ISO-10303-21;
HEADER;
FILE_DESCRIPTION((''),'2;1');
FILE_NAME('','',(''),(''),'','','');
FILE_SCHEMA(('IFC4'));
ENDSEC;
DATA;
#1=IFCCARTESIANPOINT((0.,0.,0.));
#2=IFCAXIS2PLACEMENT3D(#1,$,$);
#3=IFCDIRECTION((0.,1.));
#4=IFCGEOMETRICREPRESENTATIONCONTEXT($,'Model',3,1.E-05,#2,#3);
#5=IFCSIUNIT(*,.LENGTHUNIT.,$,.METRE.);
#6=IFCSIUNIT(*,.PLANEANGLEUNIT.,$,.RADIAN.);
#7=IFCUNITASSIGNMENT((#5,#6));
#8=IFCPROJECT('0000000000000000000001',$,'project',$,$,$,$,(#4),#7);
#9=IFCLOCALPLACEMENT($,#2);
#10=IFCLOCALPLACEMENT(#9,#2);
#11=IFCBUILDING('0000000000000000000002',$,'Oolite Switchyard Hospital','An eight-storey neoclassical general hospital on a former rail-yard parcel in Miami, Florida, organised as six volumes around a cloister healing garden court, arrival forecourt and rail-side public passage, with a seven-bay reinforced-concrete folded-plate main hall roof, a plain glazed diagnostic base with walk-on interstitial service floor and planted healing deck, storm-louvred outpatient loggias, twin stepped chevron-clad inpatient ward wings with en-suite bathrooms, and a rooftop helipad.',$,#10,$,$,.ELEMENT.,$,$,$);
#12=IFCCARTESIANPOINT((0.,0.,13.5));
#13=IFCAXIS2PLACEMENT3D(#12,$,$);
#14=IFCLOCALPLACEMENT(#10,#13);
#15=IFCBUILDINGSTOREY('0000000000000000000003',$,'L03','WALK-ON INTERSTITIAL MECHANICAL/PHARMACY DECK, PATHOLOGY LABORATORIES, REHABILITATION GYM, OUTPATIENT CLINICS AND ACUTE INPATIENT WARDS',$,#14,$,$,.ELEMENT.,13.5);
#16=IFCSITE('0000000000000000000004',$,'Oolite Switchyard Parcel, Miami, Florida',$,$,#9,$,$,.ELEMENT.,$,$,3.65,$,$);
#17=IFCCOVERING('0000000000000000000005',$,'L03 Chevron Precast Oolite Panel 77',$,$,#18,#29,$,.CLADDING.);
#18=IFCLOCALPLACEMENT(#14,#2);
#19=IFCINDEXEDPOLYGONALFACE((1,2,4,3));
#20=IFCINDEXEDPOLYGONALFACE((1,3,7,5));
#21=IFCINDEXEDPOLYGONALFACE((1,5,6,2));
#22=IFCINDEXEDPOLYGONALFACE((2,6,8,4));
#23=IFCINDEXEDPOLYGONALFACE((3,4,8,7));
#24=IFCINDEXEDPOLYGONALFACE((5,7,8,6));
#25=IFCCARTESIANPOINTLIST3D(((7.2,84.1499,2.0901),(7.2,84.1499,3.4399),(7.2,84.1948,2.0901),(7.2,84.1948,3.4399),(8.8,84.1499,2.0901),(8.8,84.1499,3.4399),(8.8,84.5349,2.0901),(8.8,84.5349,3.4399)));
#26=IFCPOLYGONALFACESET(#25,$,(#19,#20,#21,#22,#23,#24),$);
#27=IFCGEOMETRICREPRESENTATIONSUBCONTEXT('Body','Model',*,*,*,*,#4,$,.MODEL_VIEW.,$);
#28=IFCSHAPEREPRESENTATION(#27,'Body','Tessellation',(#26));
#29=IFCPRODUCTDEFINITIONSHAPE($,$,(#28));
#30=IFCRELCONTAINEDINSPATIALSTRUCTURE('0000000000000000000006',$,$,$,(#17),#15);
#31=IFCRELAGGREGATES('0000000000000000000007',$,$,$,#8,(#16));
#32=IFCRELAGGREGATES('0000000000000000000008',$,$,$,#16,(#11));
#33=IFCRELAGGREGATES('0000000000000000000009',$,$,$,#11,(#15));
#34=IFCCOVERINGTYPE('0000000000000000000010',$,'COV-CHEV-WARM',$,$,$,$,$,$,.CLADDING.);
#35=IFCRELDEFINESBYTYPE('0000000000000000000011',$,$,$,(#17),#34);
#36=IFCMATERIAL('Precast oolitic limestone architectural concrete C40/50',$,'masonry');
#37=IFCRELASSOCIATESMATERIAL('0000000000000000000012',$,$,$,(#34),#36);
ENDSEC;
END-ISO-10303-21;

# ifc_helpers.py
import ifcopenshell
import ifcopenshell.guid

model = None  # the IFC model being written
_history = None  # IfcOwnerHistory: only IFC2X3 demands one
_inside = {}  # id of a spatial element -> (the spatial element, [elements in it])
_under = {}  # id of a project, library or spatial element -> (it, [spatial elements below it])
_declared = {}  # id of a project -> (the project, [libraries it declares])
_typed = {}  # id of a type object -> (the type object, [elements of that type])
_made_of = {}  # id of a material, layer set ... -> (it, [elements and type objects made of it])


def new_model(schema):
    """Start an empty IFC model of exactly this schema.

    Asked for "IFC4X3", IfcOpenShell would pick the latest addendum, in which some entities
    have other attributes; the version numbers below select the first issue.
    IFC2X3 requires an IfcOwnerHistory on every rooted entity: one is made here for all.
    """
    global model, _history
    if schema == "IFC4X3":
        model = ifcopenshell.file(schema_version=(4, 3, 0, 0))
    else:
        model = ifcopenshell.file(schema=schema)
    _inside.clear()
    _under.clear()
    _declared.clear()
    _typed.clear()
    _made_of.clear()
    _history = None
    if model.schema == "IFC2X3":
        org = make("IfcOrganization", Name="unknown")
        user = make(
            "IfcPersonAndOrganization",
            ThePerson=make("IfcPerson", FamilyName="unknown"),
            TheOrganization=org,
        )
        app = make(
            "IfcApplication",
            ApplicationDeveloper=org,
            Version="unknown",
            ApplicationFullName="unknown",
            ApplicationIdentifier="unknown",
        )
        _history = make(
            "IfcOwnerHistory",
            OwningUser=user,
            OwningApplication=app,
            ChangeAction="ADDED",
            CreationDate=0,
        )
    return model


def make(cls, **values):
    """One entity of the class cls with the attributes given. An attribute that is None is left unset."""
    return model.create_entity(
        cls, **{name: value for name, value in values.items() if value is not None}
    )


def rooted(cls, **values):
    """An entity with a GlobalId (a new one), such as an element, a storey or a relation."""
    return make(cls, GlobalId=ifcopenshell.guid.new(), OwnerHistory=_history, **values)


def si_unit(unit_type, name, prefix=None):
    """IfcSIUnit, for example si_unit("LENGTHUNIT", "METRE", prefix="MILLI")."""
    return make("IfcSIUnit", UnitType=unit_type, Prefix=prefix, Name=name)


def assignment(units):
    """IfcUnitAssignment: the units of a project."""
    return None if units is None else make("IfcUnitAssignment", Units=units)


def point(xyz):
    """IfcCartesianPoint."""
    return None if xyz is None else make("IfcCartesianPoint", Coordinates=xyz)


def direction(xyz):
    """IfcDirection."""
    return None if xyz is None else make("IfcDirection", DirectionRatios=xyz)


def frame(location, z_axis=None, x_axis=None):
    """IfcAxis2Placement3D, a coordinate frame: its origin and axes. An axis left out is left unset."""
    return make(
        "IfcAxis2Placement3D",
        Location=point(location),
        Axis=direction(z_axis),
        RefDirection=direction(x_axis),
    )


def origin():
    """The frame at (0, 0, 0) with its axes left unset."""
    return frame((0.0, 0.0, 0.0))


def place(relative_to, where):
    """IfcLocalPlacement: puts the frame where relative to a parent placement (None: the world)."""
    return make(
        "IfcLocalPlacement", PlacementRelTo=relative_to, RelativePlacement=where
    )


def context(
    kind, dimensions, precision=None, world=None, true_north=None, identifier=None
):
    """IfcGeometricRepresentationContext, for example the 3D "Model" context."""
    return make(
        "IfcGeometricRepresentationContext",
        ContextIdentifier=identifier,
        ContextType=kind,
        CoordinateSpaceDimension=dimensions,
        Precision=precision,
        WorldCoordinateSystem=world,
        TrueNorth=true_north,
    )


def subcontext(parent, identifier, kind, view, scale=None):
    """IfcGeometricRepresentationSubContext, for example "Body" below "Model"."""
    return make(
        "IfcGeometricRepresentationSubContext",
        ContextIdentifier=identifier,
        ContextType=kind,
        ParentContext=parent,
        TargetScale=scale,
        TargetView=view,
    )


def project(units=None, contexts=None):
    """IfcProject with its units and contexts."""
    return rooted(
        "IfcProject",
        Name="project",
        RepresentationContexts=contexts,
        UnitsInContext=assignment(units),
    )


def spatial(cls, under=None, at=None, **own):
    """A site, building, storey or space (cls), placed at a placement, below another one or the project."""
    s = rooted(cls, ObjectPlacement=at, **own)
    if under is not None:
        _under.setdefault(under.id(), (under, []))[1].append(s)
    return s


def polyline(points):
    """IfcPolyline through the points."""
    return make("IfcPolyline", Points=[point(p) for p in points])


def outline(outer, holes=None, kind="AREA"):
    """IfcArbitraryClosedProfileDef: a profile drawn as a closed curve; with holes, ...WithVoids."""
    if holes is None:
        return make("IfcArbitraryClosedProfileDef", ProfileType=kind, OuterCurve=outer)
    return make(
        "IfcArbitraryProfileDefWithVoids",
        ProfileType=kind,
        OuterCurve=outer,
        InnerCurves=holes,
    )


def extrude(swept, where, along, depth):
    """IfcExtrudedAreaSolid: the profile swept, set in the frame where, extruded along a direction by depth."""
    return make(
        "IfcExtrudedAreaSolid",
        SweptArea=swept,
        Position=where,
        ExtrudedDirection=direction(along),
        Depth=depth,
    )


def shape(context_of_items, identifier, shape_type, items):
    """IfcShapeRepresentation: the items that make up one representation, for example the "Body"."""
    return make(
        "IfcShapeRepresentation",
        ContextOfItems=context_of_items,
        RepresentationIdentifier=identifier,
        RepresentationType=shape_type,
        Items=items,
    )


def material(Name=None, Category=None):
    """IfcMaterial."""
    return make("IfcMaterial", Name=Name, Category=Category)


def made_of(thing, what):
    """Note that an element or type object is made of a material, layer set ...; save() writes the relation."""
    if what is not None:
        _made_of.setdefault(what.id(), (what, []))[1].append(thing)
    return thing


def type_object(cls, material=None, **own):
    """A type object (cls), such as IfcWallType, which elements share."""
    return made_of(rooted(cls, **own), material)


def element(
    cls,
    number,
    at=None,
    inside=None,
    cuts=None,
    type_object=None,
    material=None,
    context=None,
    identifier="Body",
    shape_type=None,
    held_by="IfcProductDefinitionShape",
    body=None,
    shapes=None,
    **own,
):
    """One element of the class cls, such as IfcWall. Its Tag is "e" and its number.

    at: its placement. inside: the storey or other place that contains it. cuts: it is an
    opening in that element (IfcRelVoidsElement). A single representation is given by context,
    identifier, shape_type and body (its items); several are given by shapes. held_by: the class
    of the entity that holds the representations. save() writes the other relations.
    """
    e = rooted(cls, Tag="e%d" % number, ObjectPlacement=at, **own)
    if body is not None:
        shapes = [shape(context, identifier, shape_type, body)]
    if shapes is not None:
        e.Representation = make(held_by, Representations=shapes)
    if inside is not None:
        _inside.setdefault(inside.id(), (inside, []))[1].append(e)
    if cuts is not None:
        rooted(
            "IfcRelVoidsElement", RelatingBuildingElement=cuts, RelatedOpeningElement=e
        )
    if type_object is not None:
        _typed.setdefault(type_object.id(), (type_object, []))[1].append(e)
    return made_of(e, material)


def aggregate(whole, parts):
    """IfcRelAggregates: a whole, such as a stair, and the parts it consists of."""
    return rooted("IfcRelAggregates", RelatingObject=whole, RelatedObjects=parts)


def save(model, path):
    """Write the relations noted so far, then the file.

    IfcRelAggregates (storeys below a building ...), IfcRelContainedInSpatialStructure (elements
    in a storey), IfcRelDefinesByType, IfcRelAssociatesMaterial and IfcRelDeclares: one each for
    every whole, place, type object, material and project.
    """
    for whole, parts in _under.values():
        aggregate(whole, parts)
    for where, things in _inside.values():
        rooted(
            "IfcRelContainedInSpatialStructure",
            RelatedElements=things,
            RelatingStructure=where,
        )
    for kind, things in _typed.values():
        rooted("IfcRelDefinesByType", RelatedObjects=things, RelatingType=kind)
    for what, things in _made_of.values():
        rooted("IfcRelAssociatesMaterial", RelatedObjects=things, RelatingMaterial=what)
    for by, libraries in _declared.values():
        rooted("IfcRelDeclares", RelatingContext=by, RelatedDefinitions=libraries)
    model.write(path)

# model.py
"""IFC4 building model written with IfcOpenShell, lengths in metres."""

from ifc_helpers import new_model, si_unit, direction, frame, origin, place, context, subcontext, project, spatial, polyline, outline, extrude, material, type_object, element, save


model = new_model("IFC4")

# Units and contexts
model_context = context("Model", 3, precision=1e-05, world=origin(), true_north=direction((0.0, 1.0)))
body_context = subcontext(model_context, "Body", "Model", "MODEL_VIEW")
ifc_project = project(units=[si_unit("LENGTHUNIT", "METRE"), si_unit("PLANEANGLEUNIT", "RADIAN")], contexts=[model_context])

# Site, building, storey
site_placement = place(None, origin())
site = spatial("IfcSite", under=ifc_project, at=site_placement, Name="Oolite Switchyard Parcel, Miami, Florida", CompositionType="ELEMENT", RefElevation=3.65)
building_placement = place(site_placement, origin())
building = spatial("IfcBuilding", under=site, at=building_placement, Name="Oolite Switchyard Hospital", Description="An eight-storey neoclassical general hospital on a former rail-yard parcel in Miami, Florida, organised as six volumes around a cloister healing garden court, arrival forecourt and rail-side public passage, with a seven-bay reinforced-concrete folded-plate main hall roof, a plain glazed diagnostic base with walk-on interstitial service floor and planted healing deck, storm-louvred outpatient loggias, twin stepped chevron-clad inpatient ward wings with en-suite bathrooms, and a rooftop helipad.", CompositionType="ELEMENT")
storey_placement = place(building_placement, frame((0.0, 0.0, 13.5)))
storey = spatial("IfcBuildingStorey", under=building, at=storey_placement, Name="L03", Description="WALK-ON INTERSTITIAL MECHANICAL/PHARMACY DECK, PATHOLOGY LABORATORIES, REHABILITATION GYM, OUTPATIENT CLINICS AND ACUTE INPATIENT WARDS", CompositionType="ELEMENT", Elevation=13.5)

# Shared definitions
ifc_material_1 = material(Name="Precast oolitic limestone architectural concrete C40/50", Category="masonry")

# Covering
covering_type = type_object("IfcCoveringType", Name="COV-CHEV-WARM", PredefinedType="CLADDING", material=ifc_material_1)
covering_1_placement = place(storey_placement, frame((7.2, 84.1499, 2.0901), z_axis=(0.0, 0.0, 1.0), x_axis=(1.0, 0.0, 0.0)))
element("IfcCovering", 1, at=covering_1_placement, inside=storey, type_object=covering_type, Name="L03 Chevron Precast Oolite Panel 77", PredefinedType="CLADDING", context=body_context, shape_type="SweptSolid", body=[
    extrude(outline(polyline([(0.0, 0.0), (1.6001, 0.0), (1.6001, 0.385), (0.0, 0.0449), (0.0, 0.0)])), origin(), (0.0, 0.0, 1.0), 1.3499),
])

save(model, "model.ifc")
